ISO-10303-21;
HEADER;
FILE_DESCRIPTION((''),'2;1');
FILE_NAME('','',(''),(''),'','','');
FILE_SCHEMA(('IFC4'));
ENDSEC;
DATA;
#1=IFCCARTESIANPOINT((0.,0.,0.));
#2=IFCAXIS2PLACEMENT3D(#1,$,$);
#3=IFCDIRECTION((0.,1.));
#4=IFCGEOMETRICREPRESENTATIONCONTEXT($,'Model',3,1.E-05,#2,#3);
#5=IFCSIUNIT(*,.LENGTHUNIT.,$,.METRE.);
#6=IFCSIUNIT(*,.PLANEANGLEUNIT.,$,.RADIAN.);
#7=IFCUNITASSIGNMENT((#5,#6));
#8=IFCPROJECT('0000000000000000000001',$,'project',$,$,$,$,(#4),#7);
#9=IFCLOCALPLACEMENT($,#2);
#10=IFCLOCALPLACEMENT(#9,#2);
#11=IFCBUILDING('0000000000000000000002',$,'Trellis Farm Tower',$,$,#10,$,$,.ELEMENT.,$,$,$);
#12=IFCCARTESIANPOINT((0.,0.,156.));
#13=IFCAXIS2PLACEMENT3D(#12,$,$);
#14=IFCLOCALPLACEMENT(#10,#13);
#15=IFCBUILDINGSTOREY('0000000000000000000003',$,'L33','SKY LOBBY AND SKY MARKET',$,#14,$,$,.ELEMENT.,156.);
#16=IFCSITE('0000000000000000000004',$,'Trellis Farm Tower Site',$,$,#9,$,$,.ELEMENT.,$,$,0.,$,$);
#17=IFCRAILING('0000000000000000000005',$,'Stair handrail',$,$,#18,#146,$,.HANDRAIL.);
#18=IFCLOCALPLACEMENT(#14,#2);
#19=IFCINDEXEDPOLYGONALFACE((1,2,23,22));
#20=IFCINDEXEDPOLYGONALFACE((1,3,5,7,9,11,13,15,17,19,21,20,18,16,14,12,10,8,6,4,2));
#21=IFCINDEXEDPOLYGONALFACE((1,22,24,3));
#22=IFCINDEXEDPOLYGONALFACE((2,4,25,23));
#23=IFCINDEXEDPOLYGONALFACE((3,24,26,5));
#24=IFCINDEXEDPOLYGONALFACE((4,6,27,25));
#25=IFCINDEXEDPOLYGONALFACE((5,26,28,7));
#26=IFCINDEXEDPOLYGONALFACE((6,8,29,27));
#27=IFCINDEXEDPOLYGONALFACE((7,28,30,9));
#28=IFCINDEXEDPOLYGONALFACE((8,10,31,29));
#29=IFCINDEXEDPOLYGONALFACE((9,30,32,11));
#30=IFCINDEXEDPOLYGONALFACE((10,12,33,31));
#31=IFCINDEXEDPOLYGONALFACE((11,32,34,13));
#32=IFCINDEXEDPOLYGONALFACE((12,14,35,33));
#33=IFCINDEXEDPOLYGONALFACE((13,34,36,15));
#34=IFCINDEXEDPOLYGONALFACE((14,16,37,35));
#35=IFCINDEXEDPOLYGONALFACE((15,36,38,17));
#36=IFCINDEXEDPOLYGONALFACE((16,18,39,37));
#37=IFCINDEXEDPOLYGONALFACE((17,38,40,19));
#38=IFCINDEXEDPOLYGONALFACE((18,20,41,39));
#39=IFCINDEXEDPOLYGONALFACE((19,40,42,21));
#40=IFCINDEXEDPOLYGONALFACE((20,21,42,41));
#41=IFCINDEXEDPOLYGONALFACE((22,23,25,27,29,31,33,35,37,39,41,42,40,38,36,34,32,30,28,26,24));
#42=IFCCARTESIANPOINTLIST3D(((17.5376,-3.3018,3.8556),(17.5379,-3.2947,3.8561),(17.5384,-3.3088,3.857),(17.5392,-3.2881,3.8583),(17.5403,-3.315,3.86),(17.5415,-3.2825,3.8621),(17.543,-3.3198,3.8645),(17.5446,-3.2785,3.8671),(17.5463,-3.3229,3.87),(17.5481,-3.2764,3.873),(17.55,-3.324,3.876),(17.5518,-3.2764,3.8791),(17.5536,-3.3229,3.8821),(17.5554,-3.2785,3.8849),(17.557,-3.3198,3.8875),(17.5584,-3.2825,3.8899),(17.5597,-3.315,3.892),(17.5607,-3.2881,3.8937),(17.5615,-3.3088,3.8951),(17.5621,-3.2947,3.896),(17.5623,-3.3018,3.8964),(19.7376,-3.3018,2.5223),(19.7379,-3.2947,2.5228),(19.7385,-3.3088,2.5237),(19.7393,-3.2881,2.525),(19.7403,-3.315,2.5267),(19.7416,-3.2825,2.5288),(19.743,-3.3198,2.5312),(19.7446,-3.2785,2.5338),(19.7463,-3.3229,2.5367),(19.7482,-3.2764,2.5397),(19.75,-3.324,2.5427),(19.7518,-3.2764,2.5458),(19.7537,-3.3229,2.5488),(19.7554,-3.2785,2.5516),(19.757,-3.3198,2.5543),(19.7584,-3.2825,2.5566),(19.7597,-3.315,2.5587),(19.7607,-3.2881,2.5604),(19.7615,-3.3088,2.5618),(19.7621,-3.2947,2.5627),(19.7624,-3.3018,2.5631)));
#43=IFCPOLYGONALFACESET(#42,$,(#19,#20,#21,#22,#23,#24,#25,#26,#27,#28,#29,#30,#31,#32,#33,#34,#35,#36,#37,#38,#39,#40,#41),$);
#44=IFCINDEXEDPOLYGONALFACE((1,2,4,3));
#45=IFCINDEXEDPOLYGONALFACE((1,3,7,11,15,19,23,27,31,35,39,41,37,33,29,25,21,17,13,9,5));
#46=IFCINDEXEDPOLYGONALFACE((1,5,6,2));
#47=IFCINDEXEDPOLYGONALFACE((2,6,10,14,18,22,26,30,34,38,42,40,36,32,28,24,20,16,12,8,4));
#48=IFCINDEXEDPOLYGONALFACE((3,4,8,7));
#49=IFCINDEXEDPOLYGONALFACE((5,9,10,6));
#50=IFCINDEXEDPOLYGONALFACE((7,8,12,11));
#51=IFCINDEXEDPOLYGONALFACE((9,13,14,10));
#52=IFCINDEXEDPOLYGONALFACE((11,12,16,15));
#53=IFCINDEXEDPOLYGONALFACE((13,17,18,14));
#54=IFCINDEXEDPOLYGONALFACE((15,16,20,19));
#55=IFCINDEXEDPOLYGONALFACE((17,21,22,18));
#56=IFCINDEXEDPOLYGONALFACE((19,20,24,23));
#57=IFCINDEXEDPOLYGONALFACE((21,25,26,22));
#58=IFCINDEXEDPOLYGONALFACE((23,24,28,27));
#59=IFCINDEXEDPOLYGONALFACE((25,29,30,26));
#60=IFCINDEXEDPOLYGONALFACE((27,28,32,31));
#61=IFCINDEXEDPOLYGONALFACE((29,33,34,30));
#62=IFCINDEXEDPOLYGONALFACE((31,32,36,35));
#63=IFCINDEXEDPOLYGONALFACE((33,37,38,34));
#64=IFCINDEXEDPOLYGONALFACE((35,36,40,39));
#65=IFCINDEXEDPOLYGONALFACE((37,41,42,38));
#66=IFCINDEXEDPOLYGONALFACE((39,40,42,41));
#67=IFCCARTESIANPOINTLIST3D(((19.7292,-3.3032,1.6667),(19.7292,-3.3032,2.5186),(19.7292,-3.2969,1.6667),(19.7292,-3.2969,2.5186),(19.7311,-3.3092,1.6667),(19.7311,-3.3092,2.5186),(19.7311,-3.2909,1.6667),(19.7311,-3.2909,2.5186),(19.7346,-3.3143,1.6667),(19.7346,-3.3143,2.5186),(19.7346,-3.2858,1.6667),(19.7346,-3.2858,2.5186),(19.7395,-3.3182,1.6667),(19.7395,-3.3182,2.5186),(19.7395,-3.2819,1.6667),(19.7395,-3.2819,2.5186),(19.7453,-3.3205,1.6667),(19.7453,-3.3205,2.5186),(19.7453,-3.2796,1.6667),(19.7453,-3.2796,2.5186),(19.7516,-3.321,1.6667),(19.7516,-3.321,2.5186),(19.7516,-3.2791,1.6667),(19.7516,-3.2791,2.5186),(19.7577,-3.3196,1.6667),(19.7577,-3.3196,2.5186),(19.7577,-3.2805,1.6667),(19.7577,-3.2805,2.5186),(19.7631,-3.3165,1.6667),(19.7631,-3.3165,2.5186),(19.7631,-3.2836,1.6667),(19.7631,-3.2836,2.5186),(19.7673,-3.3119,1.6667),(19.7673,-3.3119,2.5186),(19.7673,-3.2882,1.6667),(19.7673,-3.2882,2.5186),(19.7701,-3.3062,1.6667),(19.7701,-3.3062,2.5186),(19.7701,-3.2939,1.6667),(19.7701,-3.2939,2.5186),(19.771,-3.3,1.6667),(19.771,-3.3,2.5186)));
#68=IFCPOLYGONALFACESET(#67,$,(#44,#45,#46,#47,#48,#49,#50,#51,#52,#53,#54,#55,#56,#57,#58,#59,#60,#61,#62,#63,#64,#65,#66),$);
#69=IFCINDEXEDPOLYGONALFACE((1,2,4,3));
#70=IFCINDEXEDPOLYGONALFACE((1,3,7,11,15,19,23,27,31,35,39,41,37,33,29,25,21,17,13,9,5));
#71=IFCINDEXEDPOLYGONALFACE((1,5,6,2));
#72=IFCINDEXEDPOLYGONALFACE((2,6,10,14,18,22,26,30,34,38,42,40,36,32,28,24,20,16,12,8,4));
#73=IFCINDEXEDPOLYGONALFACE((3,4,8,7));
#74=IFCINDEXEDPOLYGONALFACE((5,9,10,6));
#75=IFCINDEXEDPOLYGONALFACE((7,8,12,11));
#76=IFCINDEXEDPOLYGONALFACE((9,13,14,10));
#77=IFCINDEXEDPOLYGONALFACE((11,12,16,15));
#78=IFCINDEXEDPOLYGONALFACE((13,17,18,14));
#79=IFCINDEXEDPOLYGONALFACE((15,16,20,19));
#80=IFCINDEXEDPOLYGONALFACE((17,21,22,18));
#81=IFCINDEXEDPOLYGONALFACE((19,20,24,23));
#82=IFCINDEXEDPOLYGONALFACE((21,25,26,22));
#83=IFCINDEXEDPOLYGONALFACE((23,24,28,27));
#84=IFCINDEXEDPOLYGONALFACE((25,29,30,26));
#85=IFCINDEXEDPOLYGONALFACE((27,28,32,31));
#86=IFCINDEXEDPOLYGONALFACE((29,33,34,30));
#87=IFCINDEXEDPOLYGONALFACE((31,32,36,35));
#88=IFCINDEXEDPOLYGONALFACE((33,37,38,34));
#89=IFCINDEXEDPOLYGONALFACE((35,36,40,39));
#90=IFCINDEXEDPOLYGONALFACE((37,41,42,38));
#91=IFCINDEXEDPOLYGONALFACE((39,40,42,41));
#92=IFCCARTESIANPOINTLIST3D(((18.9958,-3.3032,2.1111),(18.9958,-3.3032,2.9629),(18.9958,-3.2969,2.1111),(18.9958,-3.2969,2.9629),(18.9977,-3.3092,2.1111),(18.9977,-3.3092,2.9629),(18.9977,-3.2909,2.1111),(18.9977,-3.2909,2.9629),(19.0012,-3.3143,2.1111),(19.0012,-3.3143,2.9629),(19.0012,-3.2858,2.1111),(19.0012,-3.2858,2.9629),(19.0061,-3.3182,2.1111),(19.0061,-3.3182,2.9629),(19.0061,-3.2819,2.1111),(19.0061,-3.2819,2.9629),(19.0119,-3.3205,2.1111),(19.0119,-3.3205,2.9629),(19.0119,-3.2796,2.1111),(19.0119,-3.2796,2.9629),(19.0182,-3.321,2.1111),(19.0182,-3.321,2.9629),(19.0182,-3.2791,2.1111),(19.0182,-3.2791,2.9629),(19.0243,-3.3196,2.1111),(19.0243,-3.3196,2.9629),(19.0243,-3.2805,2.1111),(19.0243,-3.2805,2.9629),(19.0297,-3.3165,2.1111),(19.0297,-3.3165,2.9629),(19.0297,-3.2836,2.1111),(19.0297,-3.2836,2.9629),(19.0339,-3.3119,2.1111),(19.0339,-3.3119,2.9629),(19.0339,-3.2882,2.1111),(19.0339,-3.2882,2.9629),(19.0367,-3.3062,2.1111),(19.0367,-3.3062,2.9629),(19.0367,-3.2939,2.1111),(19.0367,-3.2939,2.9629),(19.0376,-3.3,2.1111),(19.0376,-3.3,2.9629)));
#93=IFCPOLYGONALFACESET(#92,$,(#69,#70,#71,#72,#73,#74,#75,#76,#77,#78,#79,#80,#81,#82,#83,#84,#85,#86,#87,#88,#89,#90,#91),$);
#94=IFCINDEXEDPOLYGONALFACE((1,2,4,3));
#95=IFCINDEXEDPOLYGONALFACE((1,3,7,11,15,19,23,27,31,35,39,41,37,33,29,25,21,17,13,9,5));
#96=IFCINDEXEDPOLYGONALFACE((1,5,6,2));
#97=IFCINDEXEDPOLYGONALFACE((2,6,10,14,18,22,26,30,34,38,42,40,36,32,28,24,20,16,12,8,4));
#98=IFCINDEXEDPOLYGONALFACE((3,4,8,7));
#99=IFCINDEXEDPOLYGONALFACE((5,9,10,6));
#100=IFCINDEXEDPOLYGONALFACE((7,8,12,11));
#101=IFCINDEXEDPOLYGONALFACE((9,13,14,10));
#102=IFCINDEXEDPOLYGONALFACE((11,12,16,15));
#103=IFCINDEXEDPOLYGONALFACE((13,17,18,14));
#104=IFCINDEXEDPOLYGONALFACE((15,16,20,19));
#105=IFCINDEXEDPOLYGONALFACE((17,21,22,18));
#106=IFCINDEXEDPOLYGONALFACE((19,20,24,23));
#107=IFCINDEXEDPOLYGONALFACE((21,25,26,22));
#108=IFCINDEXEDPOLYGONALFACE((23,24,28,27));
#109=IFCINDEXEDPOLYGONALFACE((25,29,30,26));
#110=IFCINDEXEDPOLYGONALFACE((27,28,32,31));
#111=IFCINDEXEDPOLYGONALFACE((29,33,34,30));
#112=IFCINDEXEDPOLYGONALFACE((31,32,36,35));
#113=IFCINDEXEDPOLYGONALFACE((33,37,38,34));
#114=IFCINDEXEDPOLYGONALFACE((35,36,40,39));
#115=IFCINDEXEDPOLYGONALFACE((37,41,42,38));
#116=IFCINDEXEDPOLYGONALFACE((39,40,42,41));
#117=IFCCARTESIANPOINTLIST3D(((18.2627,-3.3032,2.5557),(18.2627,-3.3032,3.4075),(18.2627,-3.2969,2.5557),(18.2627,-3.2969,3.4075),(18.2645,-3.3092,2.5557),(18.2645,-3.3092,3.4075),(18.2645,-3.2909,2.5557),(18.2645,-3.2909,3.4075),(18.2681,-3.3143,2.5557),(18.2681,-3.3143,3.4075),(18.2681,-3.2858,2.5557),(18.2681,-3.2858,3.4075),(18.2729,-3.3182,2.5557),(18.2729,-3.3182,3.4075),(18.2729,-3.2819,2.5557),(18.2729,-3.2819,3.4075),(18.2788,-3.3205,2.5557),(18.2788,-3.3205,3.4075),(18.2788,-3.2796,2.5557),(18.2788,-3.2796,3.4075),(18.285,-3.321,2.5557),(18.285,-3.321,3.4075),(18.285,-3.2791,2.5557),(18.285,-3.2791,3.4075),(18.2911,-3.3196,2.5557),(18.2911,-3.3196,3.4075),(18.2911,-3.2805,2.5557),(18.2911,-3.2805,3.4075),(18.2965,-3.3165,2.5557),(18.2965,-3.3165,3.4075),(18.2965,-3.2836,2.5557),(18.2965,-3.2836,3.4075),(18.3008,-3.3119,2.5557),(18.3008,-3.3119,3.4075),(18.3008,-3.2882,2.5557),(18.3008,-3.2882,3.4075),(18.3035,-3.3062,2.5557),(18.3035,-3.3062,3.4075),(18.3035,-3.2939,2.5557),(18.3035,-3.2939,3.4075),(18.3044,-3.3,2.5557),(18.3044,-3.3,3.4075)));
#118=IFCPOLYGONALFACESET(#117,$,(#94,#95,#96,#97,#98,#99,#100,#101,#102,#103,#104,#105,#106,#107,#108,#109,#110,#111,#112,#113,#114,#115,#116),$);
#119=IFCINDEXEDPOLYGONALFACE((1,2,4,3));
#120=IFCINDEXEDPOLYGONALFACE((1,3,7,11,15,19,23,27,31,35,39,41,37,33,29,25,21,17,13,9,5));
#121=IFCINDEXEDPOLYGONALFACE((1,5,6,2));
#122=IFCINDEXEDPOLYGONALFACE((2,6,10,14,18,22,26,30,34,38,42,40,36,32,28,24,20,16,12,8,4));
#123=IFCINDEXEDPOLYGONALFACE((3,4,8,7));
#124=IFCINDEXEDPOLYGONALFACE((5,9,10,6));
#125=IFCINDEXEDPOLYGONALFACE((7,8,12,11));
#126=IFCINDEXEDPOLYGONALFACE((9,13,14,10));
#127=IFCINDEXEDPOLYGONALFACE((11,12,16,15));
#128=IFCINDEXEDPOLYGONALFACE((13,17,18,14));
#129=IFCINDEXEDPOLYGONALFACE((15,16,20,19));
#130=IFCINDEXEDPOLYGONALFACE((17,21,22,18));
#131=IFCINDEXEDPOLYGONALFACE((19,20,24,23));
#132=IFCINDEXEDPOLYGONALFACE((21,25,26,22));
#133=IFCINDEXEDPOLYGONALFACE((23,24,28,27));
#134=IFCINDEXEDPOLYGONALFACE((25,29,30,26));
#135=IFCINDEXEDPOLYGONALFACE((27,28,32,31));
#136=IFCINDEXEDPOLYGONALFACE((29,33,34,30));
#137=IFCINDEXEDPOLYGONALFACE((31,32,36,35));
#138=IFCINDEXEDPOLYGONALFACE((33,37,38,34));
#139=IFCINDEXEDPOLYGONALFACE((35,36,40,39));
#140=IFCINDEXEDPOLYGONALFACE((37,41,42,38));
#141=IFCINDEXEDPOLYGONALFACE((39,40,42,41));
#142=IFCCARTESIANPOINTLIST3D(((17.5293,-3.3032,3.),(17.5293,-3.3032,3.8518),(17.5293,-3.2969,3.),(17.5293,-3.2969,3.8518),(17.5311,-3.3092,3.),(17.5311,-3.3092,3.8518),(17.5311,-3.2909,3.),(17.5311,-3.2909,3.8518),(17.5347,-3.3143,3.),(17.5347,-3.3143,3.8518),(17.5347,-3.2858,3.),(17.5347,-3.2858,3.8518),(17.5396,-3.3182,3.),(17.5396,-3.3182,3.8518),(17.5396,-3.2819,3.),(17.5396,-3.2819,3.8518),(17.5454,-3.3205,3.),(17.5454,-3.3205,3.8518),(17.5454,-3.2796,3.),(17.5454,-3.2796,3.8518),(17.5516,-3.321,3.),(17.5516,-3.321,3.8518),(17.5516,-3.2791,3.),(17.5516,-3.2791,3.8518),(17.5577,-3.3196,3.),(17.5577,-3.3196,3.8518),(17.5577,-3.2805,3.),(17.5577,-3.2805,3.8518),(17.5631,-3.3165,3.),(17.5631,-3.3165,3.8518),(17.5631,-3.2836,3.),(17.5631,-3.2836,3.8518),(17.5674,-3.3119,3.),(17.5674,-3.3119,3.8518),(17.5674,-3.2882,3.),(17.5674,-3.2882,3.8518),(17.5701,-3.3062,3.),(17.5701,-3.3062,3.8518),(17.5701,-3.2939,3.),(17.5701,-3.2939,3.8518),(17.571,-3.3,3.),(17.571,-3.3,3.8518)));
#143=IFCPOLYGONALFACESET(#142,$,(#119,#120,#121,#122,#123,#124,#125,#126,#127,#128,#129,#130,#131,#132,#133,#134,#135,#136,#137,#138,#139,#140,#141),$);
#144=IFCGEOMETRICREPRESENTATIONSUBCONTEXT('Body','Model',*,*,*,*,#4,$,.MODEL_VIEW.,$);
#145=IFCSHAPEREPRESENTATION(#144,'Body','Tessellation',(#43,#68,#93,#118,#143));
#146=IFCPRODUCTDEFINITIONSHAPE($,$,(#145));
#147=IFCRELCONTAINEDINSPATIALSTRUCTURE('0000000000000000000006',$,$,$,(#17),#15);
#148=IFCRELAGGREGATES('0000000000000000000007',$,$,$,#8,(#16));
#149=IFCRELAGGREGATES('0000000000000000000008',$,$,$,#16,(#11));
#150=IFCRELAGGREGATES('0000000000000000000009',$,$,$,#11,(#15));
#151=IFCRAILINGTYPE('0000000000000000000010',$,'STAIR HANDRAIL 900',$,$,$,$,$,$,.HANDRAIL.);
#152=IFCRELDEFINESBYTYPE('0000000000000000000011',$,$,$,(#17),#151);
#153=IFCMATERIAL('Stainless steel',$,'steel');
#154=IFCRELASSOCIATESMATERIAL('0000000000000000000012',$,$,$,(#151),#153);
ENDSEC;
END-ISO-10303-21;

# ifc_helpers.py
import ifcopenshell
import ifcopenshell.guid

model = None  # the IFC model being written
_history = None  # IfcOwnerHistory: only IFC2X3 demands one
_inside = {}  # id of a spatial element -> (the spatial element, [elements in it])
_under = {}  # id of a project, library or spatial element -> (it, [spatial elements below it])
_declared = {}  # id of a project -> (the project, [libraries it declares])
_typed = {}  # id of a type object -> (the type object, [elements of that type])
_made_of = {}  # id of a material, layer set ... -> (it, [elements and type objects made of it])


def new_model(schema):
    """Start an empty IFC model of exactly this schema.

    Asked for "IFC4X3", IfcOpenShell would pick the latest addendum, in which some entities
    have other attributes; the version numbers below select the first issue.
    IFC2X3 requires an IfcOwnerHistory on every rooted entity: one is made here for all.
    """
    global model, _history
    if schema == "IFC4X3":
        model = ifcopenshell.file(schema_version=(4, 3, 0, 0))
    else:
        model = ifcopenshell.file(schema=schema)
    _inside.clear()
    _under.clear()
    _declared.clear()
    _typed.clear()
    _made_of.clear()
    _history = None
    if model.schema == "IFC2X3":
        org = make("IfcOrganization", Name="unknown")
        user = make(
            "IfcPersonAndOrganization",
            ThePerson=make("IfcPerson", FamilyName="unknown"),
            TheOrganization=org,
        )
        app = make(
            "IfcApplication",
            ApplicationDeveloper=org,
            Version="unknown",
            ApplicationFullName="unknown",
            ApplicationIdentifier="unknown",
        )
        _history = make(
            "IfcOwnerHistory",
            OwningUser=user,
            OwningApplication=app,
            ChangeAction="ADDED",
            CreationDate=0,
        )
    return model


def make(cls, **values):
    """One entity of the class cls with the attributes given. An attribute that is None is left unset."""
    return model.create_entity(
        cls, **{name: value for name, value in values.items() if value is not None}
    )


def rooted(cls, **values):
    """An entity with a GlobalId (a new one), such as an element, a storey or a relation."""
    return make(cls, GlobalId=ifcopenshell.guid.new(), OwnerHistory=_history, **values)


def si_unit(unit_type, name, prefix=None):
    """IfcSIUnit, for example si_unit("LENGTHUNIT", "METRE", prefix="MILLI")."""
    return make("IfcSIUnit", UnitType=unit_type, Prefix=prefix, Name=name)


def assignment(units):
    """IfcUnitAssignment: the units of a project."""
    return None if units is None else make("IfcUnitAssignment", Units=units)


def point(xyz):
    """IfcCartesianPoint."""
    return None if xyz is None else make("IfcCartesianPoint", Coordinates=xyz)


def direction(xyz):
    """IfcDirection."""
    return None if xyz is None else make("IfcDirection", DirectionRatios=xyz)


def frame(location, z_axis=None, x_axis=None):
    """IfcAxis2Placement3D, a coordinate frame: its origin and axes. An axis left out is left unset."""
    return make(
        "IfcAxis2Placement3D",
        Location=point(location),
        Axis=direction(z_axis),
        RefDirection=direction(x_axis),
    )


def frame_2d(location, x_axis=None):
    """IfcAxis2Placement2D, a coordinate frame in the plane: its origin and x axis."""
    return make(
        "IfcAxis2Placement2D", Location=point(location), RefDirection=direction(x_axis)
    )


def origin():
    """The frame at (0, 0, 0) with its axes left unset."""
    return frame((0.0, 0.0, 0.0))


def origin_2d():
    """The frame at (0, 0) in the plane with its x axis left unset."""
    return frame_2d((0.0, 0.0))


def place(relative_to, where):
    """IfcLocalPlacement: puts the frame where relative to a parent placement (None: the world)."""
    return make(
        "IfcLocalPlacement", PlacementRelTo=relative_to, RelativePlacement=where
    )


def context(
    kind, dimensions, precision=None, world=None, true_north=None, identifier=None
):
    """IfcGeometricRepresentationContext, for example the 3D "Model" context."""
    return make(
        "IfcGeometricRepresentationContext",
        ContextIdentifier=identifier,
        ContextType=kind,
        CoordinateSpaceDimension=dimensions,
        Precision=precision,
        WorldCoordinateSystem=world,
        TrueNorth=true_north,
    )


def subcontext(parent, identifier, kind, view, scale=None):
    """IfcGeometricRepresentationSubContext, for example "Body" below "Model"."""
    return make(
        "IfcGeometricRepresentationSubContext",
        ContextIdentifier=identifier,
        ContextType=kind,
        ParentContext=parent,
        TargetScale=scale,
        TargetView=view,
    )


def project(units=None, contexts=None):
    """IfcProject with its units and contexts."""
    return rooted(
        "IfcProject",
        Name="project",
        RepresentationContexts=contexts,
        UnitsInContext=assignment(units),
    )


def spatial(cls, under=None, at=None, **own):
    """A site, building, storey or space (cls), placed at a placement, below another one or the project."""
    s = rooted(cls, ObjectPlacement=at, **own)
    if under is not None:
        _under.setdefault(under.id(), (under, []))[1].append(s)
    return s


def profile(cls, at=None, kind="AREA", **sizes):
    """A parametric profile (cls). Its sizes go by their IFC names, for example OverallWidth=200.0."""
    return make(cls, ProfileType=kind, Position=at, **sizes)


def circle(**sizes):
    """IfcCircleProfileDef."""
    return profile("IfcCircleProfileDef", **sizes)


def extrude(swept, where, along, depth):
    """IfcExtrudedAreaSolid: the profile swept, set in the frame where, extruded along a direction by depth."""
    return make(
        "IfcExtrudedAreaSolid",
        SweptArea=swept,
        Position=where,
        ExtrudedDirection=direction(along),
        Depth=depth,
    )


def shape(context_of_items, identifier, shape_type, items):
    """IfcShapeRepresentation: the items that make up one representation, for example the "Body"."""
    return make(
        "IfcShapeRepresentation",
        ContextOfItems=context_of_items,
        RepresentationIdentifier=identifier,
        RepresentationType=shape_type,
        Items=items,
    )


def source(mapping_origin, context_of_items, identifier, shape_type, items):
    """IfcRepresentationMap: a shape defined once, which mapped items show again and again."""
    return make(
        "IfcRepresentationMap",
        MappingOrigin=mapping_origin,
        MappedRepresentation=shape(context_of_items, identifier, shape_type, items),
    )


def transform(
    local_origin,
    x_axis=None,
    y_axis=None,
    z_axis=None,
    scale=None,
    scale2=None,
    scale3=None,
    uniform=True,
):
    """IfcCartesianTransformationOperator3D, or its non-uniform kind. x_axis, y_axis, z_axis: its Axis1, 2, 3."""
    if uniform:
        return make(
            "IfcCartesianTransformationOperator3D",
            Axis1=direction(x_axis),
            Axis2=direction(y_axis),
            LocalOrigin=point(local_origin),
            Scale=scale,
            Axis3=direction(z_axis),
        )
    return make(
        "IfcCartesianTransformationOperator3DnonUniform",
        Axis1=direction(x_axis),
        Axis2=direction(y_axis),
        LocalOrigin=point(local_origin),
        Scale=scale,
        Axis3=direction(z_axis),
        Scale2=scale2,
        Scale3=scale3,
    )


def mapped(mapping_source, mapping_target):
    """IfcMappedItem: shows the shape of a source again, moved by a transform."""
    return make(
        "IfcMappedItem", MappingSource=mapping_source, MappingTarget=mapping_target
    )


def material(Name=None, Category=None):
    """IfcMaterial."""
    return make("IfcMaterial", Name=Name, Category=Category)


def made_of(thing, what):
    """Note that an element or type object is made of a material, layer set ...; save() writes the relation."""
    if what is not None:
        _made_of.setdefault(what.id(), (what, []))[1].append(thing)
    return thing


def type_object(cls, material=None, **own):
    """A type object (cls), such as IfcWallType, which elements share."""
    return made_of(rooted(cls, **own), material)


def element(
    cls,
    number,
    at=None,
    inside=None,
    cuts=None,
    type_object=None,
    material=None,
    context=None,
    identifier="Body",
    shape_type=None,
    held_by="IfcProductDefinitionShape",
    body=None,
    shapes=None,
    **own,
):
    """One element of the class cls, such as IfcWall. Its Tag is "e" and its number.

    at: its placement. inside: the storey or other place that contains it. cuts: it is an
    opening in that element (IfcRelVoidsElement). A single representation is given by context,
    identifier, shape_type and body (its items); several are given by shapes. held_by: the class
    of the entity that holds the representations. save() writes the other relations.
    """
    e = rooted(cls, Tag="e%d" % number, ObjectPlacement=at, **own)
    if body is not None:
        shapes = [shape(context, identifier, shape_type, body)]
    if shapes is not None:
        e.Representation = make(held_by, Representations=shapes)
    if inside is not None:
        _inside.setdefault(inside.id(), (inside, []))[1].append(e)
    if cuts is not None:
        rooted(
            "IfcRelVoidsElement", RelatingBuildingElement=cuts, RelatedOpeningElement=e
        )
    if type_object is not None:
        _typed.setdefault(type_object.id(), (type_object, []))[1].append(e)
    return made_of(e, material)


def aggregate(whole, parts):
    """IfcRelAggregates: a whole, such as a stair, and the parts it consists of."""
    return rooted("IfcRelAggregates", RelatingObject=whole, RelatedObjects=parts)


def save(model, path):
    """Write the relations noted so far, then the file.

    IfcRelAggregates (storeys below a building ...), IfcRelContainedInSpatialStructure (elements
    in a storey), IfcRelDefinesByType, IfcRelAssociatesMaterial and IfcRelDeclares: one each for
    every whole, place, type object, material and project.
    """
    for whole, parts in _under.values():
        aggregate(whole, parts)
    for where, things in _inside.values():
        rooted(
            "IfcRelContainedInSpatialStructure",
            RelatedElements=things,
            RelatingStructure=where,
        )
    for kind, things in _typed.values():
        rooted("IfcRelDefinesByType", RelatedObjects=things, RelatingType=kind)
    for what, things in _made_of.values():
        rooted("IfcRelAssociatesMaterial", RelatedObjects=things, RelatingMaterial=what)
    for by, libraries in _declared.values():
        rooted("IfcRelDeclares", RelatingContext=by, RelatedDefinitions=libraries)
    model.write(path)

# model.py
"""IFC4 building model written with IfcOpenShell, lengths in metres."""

from ifc_helpers import new_model, si_unit, direction, frame, origin, origin_2d, place, context, subcontext, project, spatial, circle, extrude, source, transform, mapped, material, type_object, element, save


model = new_model("IFC4")

# Units and contexts
model_context = context("Model", 3, precision=1e-05, world=origin(), true_north=direction((0.0, 1.0)))
body_context = subcontext(model_context, "Body", "Model", "MODEL_VIEW")
ifc_project = project(units=[si_unit("LENGTHUNIT", "METRE"), si_unit("PLANEANGLEUNIT", "RADIAN")], contexts=[model_context])

# Site, building, storey
site_placement = place(None, origin())
site = spatial("IfcSite", under=ifc_project, at=site_placement, Name="Trellis Farm Tower Site", CompositionType="ELEMENT", RefElevation=0.0)
building_placement = place(site_placement, origin())
building = spatial("IfcBuilding", under=site, at=building_placement, Name="Trellis Farm Tower", CompositionType="ELEMENT")
storey_placement = place(building_placement, frame((0.0, 0.0, 156.0)))
storey = spatial("IfcBuildingStorey", under=building, at=storey_placement, Name="L33", Description="SKY LOBBY AND SKY MARKET", CompositionType="ELEMENT", Elevation=156.0)

# Shared definitions
ifc_material_1 = material(Name="Stainless steel", Category="steel")

# Railing
railing_type = type_object("IfcRailingType", Name="STAIR HANDRAIL 900", PredefinedType="HANDRAIL", material=ifc_material_1)
shared_shape_1 = source(origin(), body_context, "Body", "SweptSolid", [
    extrude(circle(Radius=0.0239, at=origin_2d()), frame((0.0, 0.0, 0.876), z_axis=(-0.855207, 0.0, 0.518287), x_axis=(0.0, -1.0, 0.0)), (0.0, 0.0, 1.0), 2.5725),
    extrude(circle(Radius=0.021, at=origin_2d()), origin(), (0.0, 0.0, 1.0), 0.8518),
    extrude(circle(Radius=0.021, at=origin_2d()), frame((-0.7334, 0.0, 0.4443)), (0.0, 0.0, 1.0), 0.8518),
    extrude(circle(Radius=0.021, at=origin_2d()), frame((-1.4666, 0.0, 0.8889)), (0.0, 0.0, 1.0), 0.8518),
    extrude(circle(Radius=0.021, at=origin_2d()), frame((-2.2, 0.0, 1.3333)), (0.0, 0.0, 1.0), 0.8518),
])
for number, where, name in (
    (1, (19.75, -3.3, 1.6667), "Stair handrail"),
):
    element("IfcRailing", number, at=place(storey_placement, frame(where)), inside=storey, type_object=railing_type, Name=name, PredefinedType="HANDRAIL", context=body_context, shape_type="MappedRepresentation", body=[
        mapped(shared_shape_1, transform((0.0, 0.0, 0.0))),
    ])

save(model, "model.ifc")
